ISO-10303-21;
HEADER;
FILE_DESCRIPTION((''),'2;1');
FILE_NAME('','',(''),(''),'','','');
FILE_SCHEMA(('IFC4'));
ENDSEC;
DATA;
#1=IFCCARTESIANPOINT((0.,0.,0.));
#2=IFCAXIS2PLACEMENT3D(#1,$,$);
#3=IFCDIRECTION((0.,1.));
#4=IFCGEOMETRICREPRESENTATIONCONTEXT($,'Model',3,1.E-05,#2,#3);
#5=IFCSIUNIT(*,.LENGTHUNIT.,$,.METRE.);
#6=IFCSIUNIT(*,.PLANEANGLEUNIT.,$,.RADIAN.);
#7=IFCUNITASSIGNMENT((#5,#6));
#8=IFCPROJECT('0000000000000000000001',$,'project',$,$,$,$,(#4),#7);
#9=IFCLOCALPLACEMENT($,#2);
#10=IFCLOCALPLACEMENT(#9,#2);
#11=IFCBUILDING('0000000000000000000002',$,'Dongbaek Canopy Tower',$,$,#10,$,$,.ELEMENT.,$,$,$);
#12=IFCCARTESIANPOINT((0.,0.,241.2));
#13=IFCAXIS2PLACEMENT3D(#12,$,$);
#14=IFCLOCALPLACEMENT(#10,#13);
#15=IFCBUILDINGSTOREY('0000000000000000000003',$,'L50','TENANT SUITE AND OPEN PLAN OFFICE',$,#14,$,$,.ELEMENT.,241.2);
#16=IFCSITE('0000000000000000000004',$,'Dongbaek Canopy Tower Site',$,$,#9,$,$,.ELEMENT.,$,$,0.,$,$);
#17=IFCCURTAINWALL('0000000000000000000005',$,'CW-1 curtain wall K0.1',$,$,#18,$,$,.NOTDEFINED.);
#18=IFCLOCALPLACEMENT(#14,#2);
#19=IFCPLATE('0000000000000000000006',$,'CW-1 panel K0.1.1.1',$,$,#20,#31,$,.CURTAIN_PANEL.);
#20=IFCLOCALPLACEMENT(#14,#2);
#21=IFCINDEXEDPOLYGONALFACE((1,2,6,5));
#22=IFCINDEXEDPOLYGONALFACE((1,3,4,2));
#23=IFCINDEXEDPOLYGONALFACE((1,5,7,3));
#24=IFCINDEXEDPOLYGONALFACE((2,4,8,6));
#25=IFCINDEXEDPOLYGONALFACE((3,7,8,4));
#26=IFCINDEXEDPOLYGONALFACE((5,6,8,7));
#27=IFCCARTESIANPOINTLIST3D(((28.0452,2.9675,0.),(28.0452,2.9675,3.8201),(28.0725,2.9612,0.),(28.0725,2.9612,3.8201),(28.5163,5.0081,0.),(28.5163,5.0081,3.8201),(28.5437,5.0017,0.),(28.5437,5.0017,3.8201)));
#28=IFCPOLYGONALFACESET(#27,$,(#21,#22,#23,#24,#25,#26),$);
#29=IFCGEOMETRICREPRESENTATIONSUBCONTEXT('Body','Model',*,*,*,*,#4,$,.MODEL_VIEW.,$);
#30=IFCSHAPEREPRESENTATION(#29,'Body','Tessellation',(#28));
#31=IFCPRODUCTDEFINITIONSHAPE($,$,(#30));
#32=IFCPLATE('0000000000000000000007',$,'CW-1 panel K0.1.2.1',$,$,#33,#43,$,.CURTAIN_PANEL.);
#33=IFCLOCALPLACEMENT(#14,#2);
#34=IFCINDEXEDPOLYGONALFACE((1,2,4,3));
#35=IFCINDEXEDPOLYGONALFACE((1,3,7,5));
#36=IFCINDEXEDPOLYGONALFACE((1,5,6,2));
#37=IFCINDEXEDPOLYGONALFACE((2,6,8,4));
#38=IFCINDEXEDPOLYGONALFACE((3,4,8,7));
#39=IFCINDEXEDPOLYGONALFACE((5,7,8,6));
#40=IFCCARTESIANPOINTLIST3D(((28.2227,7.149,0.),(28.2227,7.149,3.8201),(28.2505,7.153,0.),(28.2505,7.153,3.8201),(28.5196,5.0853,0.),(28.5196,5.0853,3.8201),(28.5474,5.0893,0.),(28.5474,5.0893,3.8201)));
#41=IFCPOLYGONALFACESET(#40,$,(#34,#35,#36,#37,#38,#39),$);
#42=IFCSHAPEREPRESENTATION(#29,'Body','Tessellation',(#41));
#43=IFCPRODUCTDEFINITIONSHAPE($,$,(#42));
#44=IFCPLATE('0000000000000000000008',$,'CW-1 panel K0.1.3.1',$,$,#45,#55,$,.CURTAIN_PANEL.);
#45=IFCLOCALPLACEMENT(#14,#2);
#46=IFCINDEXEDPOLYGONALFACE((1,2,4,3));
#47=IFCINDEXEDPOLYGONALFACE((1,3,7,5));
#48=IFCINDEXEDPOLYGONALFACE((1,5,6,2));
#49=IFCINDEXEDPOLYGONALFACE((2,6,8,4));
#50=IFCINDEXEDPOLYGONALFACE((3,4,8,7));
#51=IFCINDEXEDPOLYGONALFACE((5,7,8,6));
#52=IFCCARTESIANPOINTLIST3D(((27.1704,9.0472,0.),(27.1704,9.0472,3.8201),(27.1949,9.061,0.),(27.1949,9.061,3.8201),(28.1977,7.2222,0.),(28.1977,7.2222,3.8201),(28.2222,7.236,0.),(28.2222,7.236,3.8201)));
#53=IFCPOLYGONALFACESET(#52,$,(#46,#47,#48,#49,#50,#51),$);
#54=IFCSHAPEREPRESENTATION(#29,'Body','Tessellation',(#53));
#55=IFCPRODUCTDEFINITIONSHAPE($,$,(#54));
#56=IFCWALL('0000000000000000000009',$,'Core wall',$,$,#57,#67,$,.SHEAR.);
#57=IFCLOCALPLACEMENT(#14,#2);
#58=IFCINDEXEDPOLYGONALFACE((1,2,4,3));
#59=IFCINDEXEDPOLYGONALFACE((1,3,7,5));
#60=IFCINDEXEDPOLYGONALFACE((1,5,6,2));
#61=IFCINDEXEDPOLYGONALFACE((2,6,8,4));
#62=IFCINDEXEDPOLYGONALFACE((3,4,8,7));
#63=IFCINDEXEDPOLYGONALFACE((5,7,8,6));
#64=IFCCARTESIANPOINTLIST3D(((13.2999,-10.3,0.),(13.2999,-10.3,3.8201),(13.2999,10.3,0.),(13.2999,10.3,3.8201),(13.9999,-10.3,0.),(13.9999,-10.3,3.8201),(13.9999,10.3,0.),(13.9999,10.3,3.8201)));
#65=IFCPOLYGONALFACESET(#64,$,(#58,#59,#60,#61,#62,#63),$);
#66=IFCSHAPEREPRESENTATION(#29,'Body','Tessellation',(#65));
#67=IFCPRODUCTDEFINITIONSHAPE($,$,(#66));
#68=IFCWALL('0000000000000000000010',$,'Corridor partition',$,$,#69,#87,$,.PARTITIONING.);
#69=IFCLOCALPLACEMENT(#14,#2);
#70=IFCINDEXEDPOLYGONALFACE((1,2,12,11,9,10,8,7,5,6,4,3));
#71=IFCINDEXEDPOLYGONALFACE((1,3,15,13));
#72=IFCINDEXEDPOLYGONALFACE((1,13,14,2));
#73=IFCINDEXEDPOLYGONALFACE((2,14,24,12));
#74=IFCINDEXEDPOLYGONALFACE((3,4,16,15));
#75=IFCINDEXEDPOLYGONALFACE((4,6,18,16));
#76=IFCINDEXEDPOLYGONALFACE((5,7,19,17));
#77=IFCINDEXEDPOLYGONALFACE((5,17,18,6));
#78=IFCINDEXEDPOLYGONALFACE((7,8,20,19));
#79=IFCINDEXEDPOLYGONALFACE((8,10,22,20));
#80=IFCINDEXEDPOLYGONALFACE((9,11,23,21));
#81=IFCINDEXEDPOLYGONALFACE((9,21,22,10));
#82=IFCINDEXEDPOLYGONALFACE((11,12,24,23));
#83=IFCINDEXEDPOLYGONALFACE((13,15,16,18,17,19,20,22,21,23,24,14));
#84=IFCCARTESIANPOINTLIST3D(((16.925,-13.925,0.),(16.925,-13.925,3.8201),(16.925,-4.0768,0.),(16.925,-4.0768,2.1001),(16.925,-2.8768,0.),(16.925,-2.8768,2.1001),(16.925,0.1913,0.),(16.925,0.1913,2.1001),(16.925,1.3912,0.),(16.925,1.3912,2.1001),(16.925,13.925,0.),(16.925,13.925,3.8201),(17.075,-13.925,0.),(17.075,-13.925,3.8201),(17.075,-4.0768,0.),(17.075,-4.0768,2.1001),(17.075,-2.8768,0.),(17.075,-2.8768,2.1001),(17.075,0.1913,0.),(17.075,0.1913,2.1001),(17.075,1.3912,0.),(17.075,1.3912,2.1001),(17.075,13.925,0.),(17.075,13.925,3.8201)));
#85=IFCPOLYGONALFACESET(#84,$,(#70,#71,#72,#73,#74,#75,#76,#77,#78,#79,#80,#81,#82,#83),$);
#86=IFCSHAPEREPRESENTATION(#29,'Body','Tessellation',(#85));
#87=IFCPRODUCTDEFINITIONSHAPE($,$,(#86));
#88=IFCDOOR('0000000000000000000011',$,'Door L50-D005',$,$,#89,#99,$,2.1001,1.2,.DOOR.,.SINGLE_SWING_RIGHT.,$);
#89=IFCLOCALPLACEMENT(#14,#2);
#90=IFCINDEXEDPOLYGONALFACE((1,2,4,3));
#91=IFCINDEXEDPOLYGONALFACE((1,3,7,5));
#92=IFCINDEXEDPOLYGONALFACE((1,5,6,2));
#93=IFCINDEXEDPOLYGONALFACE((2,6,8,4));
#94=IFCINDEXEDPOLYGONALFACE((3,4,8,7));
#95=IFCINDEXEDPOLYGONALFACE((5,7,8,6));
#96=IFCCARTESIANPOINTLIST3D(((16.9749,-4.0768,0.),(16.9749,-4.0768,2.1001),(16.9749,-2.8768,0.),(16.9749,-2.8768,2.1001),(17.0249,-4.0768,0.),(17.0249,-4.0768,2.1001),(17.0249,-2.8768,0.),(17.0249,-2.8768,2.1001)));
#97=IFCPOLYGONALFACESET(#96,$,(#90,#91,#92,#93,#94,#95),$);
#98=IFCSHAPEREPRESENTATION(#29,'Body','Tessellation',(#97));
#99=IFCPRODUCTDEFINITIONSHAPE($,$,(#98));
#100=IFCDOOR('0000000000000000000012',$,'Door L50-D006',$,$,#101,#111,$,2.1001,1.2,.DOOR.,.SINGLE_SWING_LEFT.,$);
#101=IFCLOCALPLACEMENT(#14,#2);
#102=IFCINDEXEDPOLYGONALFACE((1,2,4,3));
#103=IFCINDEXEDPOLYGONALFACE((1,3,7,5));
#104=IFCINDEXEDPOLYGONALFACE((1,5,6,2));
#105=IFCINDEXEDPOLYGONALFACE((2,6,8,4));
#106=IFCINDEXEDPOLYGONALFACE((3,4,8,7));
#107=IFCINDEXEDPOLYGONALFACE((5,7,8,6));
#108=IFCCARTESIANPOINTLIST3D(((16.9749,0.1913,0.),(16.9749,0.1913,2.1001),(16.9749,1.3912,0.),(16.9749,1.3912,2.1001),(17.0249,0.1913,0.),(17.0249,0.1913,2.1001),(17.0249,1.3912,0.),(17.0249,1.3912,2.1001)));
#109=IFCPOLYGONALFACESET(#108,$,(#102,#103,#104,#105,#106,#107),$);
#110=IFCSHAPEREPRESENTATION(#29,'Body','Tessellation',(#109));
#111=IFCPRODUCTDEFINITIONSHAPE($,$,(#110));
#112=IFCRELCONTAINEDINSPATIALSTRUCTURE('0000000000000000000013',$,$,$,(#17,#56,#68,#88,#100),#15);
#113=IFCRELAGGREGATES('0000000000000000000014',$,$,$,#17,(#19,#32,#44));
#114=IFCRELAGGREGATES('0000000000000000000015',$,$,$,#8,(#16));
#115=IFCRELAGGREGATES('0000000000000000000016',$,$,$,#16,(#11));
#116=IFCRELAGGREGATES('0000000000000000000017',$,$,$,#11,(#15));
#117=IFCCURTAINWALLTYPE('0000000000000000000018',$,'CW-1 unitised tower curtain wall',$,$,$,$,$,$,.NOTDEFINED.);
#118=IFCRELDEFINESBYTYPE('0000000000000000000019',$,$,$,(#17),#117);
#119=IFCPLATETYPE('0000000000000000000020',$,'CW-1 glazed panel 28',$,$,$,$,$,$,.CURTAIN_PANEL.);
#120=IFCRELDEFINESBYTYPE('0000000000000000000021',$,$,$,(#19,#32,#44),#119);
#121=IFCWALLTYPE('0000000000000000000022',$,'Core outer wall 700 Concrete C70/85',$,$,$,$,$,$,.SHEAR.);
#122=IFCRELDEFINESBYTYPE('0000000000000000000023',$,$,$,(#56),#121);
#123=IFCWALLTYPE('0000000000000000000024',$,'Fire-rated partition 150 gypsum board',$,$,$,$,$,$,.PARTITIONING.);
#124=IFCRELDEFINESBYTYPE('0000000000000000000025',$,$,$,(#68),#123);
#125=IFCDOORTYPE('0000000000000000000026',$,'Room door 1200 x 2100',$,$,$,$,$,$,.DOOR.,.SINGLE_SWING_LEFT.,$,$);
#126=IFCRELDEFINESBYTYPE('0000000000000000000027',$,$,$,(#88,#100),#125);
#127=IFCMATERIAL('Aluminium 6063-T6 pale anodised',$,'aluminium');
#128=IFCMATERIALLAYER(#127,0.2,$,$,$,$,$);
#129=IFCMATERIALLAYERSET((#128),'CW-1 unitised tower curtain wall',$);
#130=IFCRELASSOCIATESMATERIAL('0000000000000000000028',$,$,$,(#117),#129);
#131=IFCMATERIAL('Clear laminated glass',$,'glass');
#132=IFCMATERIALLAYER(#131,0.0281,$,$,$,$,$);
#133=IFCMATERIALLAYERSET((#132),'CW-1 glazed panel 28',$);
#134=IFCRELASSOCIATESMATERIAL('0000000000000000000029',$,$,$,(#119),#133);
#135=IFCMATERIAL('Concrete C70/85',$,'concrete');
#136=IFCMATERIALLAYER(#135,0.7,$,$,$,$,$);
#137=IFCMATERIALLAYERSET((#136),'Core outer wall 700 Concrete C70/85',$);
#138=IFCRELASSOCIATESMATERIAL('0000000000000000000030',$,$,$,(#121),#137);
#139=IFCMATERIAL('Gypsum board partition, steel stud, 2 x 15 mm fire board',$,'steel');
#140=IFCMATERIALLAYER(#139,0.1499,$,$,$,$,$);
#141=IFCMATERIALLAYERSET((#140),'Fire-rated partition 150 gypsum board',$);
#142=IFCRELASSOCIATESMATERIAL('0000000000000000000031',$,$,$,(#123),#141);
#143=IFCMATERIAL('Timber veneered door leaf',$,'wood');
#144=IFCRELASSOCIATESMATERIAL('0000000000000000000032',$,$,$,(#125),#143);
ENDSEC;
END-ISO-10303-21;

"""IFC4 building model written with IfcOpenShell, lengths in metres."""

from ifc_helpers import new_model, si_unit, direction, frame, frame_2d, origin, origin_2d, place, context, subcontext, project, spatial, rectangle, extrude, material, layer, layer_set, type_object, element, fill, aggregate, save


model = new_model("IFC4")

# Units and contexts
model_context = context("Model", 3, precision=1e-05, world=origin(), true_north=direction((0.0, 1.0)))
body_context = subcontext(model_context, "Body", "Model", "MODEL_VIEW")
ifc_project = project(units=[si_unit("LENGTHUNIT", "METRE"), si_unit("PLANEANGLEUNIT", "RADIAN")], contexts=[model_context])

# Site, building, storey
site_placement = place(None, origin())
site = spatial("IfcSite", under=ifc_project, at=site_placement, Name="Dongbaek Canopy Tower Site", CompositionType="ELEMENT", RefElevation=0.0)
building_placement = place(site_placement, origin())
building = spatial("IfcBuilding", under=site, at=building_placement, Name="Dongbaek Canopy Tower", CompositionType="ELEMENT")
storey_placement = place(building_placement, frame((0.0, 0.0, 241.2)))
storey = spatial("IfcBuildingStorey", under=building, at=storey_placement, Name="L50", Description="TENANT SUITE AND OPEN PLAN OFFICE", CompositionType="ELEMENT", Elevation=241.2)

# Curtain wall
ifc_material_1 = material(Name="Aluminium 6063-T6 pale anodised", Category="aluminium")
ifc_layer_1 = layer(ifc_material_1, 0.2)
ifc_layer_set_1 = layer_set([ifc_layer_1], Name="CW-1 unitised tower curtain wall")
curtain_wall_type = type_object("IfcCurtainWallType", Name="CW-1 unitised tower curtain wall", PredefinedType="NOTDEFINED", material=ifc_layer_set_1)
curtain_wall_placement = place(storey_placement, origin())
curtain_wall = element("IfcCurtainWall", 1, at=curtain_wall_placement, inside=storey, type_object=curtain_wall_type, Name="CW-1 curtain wall K0.1", PredefinedType="NOTDEFINED")

# Plates
ifc_material_2 = material(Name="Clear laminated glass", Category="glass")
ifc_layer_2 = layer(ifc_material_2, 0.0281)
ifc_layer_set_2 = layer_set([ifc_layer_2], Name="CW-1 glazed panel 28")
plate_type = type_object("IfcPlateType", Name="CW-1 glazed panel 28", PredefinedType="CURTAIN_PANEL", material=ifc_layer_set_2)
plate_1_placement = place(storey_placement, frame((28.2944, 3.9846, 0.0), z_axis=(0.0, 0.0, 1.0), x_axis=(0.224987, 0.974362, 0.0)))
plate_1 = element("IfcPlate", 2, at=plate_1_placement, type_object=plate_type, Name="CW-1 panel K0.1.1.1", PredefinedType="CURTAIN_PANEL", context=body_context, shape_type="SweptSolid", body=[
    extrude(rectangle(XDim=2.0942, YDim=0.0281, at=origin_2d()), origin(), (0.0, 0.0, 1.0), 3.8201),
])
plate_2_placement = place(storey_placement, frame((28.385, 6.1191, 0.0), z_axis=(0.0, 0.0, 1.0), x_axis=(-0.142403, 0.989809, 0.0)))
plate_2 = element("IfcPlate", 3, at=plate_2_placement, type_object=plate_type, Name="CW-1 panel K0.1.2.1", PredefinedType="CURTAIN_PANEL", context=body_context, shape_type="SweptSolid", body=[
    extrude(rectangle(XDim=2.085, YDim=0.0281, at=origin_2d()), origin(), (0.0, 0.0, 1.0), 3.8201),
])
plate_3_placement = place(storey_placement, frame((27.6963, 8.1416, 0.0), z_axis=(0.0, 0.0, 1.0), x_axis=(-0.490538, 0.87142, 0.0)))
plate_3 = element("IfcPlate", 4, at=plate_3_placement, type_object=plate_type, Name="CW-1 panel K0.1.3.1", PredefinedType="CURTAIN_PANEL", context=body_context, shape_type="SweptSolid", body=[
    extrude(rectangle(XDim=2.0942, YDim=0.0281, at=origin_2d()), origin(), (0.0, 0.0, 1.0), 3.8201),
])
aggregate(curtain_wall, [plate_1, plate_2, plate_3])

# Wall
ifc_material_3 = material(Name="Concrete C70/85", Category="concrete")
ifc_layer_3 = layer(ifc_material_3, 0.7)
ifc_layer_set_3 = layer_set([ifc_layer_3], Name="Core outer wall 700 Concrete C70/85")
wall_type_1 = type_object("IfcWallType", Name="Core outer wall 700 Concrete C70/85", PredefinedType="SHEAR", material=ifc_layer_set_3)
wall_1_placement = place(storey_placement, frame((13.6499, 10.3, 0.0), z_axis=(0.0, 0.0, 1.0), x_axis=(0.0, -1.0, 0.0)))
element("IfcWall", 5, at=wall_1_placement, inside=storey, type_object=wall_type_1, Name="Core wall", PredefinedType="SHEAR", context=body_context, shape_type="SweptSolid", body=[
    extrude(rectangle(XDim=20.6001, YDim=0.7, at=frame_2d((10.3, 0.0))), origin(), (0.0, 0.0, 1.0), 3.8201),
])

# Wall, openings, doors
ifc_material_4 = material(Name="Gypsum board partition, steel stud, 2 x 15 mm fire board", Category="steel")
ifc_layer_4 = layer(ifc_material_4, 0.1499)
ifc_layer_set_4 = layer_set([ifc_layer_4], Name="Fire-rated partition 150 gypsum board")
wall_type_2 = type_object("IfcWallType", Name="Fire-rated partition 150 gypsum board", PredefinedType="PARTITIONING", material=ifc_layer_set_4)
wall_2_placement = place(storey_placement, frame((17.0, 13.925, 0.0), z_axis=(0.0, 0.0, 1.0), x_axis=(0.0, -1.0, 0.0)))
wall_2 = element("IfcWall", 6, at=wall_2_placement, inside=storey, type_object=wall_type_2, Name="Corridor partition", PredefinedType="PARTITIONING", context=body_context, shape_type="SweptSolid", body=[
    extrude(rectangle(XDim=27.8501, YDim=0.1499, at=frame_2d((13.925, 0.0))), origin(), (0.0, 0.0, 1.0), 3.8201),
])
opening_1_placement = place(wall_2_placement, frame((16.8018, 0.0, 0.0)))
opening_1 = element("IfcOpeningElement", 7, at=opening_1_placement, cuts=wall_2, PredefinedType="OPENING", context=body_context, shape_type="SweptSolid", body=[
    extrude(rectangle(XDim=1.2, YDim=2.1001, at=frame_2d((0.6001, 1.05))), frame((0.0, 0.085, 0.0), z_axis=(0.0, -1.0, 0.0), x_axis=(1.0, 0.0, 0.0)), (0.0, 0.0, 1.0), 0.1699),
])
opening_2_placement = place(wall_2_placement, frame((12.5337, 0.0, 0.0)))
opening_2 = element("IfcOpeningElement", 8, at=opening_2_placement, cuts=wall_2, PredefinedType="OPENING", context=body_context, shape_type="SweptSolid", body=[
    extrude(rectangle(XDim=1.2, YDim=2.1001, at=frame_2d((0.6001, 1.05))), frame((0.0, 0.085, 0.0), z_axis=(0.0, -1.0, 0.0), x_axis=(1.0, 0.0, 0.0)), (0.0, 0.0, 1.0), 0.1699),
])
ifc_material_5 = material(Name="Timber veneered door leaf", Category="wood")
door_type_1 = type_object("IfcDoorType", Name="Room door 1200 x 2100", OperationType="SINGLE_SWING_LEFT", PredefinedType="DOOR", material=ifc_material_5)
door_1_placement = place(opening_1_placement, origin())
door_1 = element("IfcDoor", 9, at=door_1_placement, inside=storey, type_object=door_type_1, Name="Door L50-D005", OperationType="SINGLE_SWING_RIGHT", OverallHeight=2.1001, OverallWidth=1.2, PredefinedType="DOOR", context=body_context, shape_type="SweptSolid", body=[
    extrude(rectangle(XDim=1.2, YDim=2.1001, at=frame_2d((0.6001, 1.05))), frame((0.0, 0.0249, 0.0), z_axis=(0.0, -1.0, 0.0), x_axis=(1.0, 0.0, 0.0)), (0.0, 0.0, 1.0), 0.05),
])
fill(opening_1, door_1)
door_2_placement = place(opening_2_placement, origin())
door_2 = element("IfcDoor", 10, at=door_2_placement, inside=storey, type_object=door_type_1, Name="Door L50-D006", OperationType="SINGLE_SWING_LEFT", OverallHeight=2.1001, OverallWidth=1.2, PredefinedType="DOOR", context=body_context, shape_type="SweptSolid", body=[
    extrude(rectangle(XDim=1.2, YDim=2.1001, at=frame_2d((0.6001, 1.05))), frame((0.0, 0.0249, 0.0), z_axis=(0.0, -1.0, 0.0), x_axis=(1.0, 0.0, 0.0)), (0.0, 0.0, 1.0), 0.05),
])
fill(opening_2, door_2)

save(model, "model.ifc")
